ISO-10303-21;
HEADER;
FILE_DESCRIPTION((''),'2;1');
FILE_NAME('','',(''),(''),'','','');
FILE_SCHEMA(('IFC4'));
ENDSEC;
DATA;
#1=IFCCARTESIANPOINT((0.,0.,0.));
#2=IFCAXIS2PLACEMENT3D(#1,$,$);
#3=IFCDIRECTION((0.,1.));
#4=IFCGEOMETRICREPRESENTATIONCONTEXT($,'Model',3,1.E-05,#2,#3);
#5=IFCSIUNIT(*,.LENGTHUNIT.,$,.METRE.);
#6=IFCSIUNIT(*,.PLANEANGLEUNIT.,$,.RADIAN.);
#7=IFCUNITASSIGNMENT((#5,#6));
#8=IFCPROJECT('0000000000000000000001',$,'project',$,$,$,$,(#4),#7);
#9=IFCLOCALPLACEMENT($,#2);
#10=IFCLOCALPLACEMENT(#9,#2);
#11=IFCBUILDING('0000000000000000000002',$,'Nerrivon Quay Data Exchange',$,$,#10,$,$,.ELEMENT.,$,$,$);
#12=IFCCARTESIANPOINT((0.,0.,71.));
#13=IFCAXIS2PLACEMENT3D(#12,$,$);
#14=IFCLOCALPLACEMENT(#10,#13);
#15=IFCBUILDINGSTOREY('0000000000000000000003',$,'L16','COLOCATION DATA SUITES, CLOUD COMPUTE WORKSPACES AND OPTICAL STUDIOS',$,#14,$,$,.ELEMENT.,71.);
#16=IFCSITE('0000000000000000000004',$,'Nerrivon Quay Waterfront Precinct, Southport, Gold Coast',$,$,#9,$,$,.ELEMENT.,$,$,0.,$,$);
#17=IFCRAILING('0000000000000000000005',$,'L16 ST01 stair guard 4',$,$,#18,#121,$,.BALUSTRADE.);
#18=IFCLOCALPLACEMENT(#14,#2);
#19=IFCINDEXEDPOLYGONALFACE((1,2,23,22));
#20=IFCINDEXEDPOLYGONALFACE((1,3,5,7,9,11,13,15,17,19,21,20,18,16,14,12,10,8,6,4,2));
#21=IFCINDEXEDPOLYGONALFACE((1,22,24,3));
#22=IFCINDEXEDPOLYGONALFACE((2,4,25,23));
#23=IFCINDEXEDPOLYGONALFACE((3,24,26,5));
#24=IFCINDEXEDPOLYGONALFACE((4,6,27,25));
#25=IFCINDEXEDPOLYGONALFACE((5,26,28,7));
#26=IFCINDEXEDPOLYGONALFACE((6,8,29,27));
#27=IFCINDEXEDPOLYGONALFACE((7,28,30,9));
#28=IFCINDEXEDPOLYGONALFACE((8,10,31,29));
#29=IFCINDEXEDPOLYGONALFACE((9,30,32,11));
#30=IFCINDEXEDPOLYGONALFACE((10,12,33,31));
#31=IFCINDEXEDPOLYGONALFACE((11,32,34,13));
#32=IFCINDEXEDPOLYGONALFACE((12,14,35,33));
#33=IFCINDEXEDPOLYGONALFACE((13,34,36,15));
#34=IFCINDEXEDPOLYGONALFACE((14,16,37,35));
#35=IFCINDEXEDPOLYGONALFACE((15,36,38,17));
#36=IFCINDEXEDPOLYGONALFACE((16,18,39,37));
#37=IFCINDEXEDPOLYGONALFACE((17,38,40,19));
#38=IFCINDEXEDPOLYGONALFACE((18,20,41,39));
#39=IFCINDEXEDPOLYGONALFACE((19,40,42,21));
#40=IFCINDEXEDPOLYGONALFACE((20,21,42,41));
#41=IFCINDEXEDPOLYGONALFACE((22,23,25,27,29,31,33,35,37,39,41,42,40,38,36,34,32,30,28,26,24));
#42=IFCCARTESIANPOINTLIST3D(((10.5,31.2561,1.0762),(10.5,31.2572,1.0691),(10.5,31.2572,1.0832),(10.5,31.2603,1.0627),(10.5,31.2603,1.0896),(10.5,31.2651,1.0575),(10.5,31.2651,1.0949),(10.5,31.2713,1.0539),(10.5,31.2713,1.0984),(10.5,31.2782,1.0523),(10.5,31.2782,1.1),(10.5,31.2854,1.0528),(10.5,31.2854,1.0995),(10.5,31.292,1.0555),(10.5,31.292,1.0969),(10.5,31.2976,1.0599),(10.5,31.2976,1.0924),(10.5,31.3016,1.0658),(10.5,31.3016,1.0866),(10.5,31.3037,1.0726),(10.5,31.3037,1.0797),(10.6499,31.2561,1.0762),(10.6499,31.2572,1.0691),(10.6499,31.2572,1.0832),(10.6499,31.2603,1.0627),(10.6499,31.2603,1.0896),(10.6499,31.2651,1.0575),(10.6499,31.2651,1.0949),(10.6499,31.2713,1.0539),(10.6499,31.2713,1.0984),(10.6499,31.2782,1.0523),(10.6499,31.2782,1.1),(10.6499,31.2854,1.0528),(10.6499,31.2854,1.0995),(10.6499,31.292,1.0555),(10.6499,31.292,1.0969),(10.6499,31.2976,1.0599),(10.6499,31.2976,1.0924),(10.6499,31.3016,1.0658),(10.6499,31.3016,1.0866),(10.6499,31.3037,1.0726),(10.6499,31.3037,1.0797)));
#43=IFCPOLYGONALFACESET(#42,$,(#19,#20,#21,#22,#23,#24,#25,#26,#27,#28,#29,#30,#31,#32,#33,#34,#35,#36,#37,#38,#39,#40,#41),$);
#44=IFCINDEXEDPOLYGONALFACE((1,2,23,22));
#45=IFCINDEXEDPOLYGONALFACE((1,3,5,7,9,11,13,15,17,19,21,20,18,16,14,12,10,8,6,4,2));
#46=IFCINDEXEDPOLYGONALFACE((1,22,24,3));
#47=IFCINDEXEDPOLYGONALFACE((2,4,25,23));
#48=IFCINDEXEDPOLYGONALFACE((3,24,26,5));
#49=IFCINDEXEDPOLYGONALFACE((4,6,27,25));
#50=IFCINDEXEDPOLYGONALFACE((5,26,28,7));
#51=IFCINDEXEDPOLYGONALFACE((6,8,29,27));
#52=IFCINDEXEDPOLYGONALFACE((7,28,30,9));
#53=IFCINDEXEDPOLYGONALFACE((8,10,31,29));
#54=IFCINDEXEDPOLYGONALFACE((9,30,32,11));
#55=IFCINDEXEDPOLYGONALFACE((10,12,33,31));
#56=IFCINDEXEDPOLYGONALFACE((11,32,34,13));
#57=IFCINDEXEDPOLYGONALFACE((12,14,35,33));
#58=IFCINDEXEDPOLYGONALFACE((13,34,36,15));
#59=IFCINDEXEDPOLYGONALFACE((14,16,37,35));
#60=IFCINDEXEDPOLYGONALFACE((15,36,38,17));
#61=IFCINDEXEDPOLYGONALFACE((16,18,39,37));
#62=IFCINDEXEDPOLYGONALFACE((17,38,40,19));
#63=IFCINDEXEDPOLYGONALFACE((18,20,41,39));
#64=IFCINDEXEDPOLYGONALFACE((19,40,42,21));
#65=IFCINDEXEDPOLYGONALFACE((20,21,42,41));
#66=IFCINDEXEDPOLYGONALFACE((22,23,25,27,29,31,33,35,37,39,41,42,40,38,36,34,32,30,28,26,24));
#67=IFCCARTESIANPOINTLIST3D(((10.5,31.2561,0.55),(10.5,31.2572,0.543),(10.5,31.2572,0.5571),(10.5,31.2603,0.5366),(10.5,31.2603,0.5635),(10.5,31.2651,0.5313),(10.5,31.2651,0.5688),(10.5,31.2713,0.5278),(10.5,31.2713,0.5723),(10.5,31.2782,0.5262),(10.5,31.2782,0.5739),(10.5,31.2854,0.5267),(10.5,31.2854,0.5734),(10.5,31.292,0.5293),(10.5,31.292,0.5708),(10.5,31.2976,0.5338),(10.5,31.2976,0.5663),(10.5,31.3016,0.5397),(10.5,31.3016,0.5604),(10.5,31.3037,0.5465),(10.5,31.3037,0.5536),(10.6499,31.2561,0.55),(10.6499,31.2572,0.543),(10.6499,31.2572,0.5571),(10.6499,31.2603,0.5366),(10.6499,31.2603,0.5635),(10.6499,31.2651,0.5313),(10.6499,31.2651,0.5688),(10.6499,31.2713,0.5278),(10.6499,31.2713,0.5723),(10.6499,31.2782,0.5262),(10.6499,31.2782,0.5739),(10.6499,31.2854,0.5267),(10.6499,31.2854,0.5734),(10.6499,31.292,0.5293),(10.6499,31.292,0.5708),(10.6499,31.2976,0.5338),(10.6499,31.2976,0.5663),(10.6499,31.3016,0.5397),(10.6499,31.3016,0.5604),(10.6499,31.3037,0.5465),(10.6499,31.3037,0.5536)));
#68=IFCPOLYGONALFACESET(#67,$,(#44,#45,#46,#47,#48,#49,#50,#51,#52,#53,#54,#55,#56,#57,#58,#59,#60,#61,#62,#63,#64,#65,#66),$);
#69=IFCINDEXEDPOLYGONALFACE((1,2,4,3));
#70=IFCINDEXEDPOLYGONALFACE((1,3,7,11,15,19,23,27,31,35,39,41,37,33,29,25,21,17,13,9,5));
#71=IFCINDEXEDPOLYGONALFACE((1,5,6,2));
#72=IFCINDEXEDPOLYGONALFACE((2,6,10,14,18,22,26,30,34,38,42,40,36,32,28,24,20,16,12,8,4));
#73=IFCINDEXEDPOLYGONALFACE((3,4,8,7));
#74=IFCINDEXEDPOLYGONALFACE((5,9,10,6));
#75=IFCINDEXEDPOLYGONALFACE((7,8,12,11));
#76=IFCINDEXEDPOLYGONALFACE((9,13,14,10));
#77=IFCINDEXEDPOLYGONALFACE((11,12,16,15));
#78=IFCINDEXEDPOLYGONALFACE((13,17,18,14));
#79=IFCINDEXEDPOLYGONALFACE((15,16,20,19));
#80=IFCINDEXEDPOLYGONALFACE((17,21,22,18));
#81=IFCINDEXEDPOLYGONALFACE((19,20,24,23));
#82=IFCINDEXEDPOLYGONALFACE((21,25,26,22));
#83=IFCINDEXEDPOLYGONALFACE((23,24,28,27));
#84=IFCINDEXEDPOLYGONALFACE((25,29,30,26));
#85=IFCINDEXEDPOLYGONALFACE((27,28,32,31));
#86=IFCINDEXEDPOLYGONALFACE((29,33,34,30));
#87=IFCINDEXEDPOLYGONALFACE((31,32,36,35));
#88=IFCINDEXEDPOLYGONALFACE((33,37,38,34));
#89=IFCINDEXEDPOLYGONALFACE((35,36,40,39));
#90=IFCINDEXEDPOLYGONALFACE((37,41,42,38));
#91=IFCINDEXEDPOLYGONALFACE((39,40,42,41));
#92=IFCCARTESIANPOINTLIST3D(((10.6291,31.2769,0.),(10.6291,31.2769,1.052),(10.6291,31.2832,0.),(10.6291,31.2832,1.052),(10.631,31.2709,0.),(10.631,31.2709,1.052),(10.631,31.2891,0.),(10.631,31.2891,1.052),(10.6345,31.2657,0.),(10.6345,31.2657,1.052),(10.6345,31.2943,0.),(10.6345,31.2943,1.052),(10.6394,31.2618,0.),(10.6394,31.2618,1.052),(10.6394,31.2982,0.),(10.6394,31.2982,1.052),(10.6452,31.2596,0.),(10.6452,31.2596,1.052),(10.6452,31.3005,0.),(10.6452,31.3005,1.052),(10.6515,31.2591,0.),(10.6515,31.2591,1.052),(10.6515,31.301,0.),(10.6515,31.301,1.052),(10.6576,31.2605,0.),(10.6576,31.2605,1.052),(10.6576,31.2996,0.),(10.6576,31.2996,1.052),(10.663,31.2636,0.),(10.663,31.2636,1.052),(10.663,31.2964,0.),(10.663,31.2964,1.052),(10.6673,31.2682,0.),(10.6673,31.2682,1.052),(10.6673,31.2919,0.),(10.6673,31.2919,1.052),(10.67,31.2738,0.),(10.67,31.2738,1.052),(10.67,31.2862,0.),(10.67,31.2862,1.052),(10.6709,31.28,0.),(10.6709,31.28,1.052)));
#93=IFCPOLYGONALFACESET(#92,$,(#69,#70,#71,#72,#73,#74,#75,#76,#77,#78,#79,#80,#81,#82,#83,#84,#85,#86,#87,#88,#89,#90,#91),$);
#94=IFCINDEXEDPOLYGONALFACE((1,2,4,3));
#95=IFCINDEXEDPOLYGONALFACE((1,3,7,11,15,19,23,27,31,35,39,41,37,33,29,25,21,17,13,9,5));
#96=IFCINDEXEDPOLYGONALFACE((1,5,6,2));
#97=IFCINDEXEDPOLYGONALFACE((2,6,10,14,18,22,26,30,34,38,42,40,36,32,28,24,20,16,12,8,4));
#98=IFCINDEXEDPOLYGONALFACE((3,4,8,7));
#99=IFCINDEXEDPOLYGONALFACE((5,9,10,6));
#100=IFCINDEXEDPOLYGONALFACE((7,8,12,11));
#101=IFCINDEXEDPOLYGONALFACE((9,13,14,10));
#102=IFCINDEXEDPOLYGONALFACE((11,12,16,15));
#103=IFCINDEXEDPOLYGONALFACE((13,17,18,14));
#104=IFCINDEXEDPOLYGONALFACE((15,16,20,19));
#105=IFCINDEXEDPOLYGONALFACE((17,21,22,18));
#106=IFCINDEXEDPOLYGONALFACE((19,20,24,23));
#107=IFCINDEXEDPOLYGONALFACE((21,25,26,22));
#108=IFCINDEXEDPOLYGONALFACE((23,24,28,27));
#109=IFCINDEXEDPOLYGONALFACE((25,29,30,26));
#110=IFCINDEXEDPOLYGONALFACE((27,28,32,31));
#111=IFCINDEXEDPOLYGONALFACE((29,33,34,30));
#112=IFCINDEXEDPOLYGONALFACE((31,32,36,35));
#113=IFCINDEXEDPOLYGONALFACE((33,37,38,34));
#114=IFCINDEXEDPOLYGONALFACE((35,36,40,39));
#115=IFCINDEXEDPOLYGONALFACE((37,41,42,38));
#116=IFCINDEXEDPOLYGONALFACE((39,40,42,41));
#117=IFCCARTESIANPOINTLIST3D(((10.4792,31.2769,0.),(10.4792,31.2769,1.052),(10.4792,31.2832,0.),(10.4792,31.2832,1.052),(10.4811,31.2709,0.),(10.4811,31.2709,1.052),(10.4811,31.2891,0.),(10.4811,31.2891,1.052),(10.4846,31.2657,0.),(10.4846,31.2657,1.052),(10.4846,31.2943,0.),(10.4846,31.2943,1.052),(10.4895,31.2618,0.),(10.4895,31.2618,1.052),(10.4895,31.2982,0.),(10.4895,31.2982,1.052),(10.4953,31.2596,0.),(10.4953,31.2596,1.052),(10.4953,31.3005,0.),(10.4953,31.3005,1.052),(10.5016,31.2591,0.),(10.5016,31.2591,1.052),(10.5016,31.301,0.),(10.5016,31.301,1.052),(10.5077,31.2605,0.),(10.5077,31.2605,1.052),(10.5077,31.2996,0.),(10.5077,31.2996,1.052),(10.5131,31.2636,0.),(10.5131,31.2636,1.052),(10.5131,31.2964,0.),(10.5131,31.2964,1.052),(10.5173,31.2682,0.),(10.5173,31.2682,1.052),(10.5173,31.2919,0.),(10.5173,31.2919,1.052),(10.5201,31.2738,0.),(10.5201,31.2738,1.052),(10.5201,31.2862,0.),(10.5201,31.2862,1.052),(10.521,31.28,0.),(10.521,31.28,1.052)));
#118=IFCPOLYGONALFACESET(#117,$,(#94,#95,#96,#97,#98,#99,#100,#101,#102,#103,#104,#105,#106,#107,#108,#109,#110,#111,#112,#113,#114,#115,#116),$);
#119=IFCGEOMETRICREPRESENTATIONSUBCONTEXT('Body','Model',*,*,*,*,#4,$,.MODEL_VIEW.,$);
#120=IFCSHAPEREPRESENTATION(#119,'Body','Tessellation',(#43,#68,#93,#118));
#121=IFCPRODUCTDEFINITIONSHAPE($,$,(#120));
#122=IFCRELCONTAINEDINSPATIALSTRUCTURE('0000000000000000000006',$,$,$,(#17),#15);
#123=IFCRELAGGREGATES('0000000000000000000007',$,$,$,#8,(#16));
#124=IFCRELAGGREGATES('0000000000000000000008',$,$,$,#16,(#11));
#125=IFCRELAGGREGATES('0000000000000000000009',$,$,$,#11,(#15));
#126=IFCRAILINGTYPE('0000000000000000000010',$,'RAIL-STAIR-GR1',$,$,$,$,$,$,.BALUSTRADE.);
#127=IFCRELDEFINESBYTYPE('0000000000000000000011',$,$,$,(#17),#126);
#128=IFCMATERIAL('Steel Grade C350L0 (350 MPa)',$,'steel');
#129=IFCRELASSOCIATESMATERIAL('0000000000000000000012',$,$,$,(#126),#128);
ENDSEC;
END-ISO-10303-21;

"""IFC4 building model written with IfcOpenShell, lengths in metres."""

from ifc_helpers import new_model, si_unit, direction, frame, origin, origin_2d, place, context, subcontext, project, spatial, circle, extrude, material, type_object, element, save


model = new_model("IFC4")

# Units and contexts
model_context = context("Model", 3, precision=1e-05, world=origin(), true_north=direction((0.0, 1.0)))
body_context = subcontext(model_context, "Body", "Model", "MODEL_VIEW")
ifc_project = project(units=[si_unit("LENGTHUNIT", "METRE"), si_unit("PLANEANGLEUNIT", "RADIAN")], contexts=[model_context])

# Site, building, storey
site_placement = place(None, origin())
site = spatial("IfcSite", under=ifc_project, at=site_placement, Name="Nerrivon Quay Waterfront Precinct, Southport, Gold Coast", CompositionType="ELEMENT", RefElevation=0.0)
building_placement = place(site_placement, origin())
building = spatial("IfcBuilding", under=site, at=building_placement, Name="Nerrivon Quay Data Exchange", CompositionType="ELEMENT")
storey_placement = place(building_placement, frame((0.0, 0.0, 71.0)))
storey = spatial("IfcBuildingStorey", under=building, at=storey_placement, Name="L16", Description="COLOCATION DATA SUITES, CLOUD COMPUTE WORKSPACES AND OPTICAL STUDIOS", CompositionType="ELEMENT", Elevation=71.0)

# Railing
ifc_material_1 = material(Name="Steel Grade C350L0 (350 MPa)", Category="steel")
railing_type_1 = type_object("IfcRailingType", Name="RAIL-STAIR-GR1", PredefinedType="BALUSTRADE", material=ifc_material_1)
railing_1_placement = place(storey_placement, frame((10.6499, 31.28, 0.0)))
element("IfcRailing", 1, at=railing_1_placement, inside=storey, type_object=railing_type_1, Name="L16 ST01 stair guard 4", PredefinedType="BALUSTRADE", context=body_context, shape_type="SweptSolid", body=[
    extrude(circle(Radius=0.0239, at=origin_2d()), frame((0.0, 0.0, 1.0762), z_axis=(-1.0, 0.0, 0.0), x_axis=(0.0, -1.0, 0.0)), (0.0, 0.0, 1.0), 0.1499),
    extrude(circle(Radius=0.0239, at=origin_2d()), frame((0.0, 0.0, 0.55), z_axis=(-1.0, 0.0, 0.0), x_axis=(0.0, -1.0, 0.0)), (0.0, 0.0, 1.0), 0.1499),
    extrude(circle(Radius=0.021, at=origin_2d()), origin(), (0.0, 0.0, 1.0), 1.052),
    extrude(circle(Radius=0.021, at=origin_2d()), frame((-0.1499, 0.0, 0.0)), (0.0, 0.0, 1.0), 1.052),
])

save(model, "model.ifc")
